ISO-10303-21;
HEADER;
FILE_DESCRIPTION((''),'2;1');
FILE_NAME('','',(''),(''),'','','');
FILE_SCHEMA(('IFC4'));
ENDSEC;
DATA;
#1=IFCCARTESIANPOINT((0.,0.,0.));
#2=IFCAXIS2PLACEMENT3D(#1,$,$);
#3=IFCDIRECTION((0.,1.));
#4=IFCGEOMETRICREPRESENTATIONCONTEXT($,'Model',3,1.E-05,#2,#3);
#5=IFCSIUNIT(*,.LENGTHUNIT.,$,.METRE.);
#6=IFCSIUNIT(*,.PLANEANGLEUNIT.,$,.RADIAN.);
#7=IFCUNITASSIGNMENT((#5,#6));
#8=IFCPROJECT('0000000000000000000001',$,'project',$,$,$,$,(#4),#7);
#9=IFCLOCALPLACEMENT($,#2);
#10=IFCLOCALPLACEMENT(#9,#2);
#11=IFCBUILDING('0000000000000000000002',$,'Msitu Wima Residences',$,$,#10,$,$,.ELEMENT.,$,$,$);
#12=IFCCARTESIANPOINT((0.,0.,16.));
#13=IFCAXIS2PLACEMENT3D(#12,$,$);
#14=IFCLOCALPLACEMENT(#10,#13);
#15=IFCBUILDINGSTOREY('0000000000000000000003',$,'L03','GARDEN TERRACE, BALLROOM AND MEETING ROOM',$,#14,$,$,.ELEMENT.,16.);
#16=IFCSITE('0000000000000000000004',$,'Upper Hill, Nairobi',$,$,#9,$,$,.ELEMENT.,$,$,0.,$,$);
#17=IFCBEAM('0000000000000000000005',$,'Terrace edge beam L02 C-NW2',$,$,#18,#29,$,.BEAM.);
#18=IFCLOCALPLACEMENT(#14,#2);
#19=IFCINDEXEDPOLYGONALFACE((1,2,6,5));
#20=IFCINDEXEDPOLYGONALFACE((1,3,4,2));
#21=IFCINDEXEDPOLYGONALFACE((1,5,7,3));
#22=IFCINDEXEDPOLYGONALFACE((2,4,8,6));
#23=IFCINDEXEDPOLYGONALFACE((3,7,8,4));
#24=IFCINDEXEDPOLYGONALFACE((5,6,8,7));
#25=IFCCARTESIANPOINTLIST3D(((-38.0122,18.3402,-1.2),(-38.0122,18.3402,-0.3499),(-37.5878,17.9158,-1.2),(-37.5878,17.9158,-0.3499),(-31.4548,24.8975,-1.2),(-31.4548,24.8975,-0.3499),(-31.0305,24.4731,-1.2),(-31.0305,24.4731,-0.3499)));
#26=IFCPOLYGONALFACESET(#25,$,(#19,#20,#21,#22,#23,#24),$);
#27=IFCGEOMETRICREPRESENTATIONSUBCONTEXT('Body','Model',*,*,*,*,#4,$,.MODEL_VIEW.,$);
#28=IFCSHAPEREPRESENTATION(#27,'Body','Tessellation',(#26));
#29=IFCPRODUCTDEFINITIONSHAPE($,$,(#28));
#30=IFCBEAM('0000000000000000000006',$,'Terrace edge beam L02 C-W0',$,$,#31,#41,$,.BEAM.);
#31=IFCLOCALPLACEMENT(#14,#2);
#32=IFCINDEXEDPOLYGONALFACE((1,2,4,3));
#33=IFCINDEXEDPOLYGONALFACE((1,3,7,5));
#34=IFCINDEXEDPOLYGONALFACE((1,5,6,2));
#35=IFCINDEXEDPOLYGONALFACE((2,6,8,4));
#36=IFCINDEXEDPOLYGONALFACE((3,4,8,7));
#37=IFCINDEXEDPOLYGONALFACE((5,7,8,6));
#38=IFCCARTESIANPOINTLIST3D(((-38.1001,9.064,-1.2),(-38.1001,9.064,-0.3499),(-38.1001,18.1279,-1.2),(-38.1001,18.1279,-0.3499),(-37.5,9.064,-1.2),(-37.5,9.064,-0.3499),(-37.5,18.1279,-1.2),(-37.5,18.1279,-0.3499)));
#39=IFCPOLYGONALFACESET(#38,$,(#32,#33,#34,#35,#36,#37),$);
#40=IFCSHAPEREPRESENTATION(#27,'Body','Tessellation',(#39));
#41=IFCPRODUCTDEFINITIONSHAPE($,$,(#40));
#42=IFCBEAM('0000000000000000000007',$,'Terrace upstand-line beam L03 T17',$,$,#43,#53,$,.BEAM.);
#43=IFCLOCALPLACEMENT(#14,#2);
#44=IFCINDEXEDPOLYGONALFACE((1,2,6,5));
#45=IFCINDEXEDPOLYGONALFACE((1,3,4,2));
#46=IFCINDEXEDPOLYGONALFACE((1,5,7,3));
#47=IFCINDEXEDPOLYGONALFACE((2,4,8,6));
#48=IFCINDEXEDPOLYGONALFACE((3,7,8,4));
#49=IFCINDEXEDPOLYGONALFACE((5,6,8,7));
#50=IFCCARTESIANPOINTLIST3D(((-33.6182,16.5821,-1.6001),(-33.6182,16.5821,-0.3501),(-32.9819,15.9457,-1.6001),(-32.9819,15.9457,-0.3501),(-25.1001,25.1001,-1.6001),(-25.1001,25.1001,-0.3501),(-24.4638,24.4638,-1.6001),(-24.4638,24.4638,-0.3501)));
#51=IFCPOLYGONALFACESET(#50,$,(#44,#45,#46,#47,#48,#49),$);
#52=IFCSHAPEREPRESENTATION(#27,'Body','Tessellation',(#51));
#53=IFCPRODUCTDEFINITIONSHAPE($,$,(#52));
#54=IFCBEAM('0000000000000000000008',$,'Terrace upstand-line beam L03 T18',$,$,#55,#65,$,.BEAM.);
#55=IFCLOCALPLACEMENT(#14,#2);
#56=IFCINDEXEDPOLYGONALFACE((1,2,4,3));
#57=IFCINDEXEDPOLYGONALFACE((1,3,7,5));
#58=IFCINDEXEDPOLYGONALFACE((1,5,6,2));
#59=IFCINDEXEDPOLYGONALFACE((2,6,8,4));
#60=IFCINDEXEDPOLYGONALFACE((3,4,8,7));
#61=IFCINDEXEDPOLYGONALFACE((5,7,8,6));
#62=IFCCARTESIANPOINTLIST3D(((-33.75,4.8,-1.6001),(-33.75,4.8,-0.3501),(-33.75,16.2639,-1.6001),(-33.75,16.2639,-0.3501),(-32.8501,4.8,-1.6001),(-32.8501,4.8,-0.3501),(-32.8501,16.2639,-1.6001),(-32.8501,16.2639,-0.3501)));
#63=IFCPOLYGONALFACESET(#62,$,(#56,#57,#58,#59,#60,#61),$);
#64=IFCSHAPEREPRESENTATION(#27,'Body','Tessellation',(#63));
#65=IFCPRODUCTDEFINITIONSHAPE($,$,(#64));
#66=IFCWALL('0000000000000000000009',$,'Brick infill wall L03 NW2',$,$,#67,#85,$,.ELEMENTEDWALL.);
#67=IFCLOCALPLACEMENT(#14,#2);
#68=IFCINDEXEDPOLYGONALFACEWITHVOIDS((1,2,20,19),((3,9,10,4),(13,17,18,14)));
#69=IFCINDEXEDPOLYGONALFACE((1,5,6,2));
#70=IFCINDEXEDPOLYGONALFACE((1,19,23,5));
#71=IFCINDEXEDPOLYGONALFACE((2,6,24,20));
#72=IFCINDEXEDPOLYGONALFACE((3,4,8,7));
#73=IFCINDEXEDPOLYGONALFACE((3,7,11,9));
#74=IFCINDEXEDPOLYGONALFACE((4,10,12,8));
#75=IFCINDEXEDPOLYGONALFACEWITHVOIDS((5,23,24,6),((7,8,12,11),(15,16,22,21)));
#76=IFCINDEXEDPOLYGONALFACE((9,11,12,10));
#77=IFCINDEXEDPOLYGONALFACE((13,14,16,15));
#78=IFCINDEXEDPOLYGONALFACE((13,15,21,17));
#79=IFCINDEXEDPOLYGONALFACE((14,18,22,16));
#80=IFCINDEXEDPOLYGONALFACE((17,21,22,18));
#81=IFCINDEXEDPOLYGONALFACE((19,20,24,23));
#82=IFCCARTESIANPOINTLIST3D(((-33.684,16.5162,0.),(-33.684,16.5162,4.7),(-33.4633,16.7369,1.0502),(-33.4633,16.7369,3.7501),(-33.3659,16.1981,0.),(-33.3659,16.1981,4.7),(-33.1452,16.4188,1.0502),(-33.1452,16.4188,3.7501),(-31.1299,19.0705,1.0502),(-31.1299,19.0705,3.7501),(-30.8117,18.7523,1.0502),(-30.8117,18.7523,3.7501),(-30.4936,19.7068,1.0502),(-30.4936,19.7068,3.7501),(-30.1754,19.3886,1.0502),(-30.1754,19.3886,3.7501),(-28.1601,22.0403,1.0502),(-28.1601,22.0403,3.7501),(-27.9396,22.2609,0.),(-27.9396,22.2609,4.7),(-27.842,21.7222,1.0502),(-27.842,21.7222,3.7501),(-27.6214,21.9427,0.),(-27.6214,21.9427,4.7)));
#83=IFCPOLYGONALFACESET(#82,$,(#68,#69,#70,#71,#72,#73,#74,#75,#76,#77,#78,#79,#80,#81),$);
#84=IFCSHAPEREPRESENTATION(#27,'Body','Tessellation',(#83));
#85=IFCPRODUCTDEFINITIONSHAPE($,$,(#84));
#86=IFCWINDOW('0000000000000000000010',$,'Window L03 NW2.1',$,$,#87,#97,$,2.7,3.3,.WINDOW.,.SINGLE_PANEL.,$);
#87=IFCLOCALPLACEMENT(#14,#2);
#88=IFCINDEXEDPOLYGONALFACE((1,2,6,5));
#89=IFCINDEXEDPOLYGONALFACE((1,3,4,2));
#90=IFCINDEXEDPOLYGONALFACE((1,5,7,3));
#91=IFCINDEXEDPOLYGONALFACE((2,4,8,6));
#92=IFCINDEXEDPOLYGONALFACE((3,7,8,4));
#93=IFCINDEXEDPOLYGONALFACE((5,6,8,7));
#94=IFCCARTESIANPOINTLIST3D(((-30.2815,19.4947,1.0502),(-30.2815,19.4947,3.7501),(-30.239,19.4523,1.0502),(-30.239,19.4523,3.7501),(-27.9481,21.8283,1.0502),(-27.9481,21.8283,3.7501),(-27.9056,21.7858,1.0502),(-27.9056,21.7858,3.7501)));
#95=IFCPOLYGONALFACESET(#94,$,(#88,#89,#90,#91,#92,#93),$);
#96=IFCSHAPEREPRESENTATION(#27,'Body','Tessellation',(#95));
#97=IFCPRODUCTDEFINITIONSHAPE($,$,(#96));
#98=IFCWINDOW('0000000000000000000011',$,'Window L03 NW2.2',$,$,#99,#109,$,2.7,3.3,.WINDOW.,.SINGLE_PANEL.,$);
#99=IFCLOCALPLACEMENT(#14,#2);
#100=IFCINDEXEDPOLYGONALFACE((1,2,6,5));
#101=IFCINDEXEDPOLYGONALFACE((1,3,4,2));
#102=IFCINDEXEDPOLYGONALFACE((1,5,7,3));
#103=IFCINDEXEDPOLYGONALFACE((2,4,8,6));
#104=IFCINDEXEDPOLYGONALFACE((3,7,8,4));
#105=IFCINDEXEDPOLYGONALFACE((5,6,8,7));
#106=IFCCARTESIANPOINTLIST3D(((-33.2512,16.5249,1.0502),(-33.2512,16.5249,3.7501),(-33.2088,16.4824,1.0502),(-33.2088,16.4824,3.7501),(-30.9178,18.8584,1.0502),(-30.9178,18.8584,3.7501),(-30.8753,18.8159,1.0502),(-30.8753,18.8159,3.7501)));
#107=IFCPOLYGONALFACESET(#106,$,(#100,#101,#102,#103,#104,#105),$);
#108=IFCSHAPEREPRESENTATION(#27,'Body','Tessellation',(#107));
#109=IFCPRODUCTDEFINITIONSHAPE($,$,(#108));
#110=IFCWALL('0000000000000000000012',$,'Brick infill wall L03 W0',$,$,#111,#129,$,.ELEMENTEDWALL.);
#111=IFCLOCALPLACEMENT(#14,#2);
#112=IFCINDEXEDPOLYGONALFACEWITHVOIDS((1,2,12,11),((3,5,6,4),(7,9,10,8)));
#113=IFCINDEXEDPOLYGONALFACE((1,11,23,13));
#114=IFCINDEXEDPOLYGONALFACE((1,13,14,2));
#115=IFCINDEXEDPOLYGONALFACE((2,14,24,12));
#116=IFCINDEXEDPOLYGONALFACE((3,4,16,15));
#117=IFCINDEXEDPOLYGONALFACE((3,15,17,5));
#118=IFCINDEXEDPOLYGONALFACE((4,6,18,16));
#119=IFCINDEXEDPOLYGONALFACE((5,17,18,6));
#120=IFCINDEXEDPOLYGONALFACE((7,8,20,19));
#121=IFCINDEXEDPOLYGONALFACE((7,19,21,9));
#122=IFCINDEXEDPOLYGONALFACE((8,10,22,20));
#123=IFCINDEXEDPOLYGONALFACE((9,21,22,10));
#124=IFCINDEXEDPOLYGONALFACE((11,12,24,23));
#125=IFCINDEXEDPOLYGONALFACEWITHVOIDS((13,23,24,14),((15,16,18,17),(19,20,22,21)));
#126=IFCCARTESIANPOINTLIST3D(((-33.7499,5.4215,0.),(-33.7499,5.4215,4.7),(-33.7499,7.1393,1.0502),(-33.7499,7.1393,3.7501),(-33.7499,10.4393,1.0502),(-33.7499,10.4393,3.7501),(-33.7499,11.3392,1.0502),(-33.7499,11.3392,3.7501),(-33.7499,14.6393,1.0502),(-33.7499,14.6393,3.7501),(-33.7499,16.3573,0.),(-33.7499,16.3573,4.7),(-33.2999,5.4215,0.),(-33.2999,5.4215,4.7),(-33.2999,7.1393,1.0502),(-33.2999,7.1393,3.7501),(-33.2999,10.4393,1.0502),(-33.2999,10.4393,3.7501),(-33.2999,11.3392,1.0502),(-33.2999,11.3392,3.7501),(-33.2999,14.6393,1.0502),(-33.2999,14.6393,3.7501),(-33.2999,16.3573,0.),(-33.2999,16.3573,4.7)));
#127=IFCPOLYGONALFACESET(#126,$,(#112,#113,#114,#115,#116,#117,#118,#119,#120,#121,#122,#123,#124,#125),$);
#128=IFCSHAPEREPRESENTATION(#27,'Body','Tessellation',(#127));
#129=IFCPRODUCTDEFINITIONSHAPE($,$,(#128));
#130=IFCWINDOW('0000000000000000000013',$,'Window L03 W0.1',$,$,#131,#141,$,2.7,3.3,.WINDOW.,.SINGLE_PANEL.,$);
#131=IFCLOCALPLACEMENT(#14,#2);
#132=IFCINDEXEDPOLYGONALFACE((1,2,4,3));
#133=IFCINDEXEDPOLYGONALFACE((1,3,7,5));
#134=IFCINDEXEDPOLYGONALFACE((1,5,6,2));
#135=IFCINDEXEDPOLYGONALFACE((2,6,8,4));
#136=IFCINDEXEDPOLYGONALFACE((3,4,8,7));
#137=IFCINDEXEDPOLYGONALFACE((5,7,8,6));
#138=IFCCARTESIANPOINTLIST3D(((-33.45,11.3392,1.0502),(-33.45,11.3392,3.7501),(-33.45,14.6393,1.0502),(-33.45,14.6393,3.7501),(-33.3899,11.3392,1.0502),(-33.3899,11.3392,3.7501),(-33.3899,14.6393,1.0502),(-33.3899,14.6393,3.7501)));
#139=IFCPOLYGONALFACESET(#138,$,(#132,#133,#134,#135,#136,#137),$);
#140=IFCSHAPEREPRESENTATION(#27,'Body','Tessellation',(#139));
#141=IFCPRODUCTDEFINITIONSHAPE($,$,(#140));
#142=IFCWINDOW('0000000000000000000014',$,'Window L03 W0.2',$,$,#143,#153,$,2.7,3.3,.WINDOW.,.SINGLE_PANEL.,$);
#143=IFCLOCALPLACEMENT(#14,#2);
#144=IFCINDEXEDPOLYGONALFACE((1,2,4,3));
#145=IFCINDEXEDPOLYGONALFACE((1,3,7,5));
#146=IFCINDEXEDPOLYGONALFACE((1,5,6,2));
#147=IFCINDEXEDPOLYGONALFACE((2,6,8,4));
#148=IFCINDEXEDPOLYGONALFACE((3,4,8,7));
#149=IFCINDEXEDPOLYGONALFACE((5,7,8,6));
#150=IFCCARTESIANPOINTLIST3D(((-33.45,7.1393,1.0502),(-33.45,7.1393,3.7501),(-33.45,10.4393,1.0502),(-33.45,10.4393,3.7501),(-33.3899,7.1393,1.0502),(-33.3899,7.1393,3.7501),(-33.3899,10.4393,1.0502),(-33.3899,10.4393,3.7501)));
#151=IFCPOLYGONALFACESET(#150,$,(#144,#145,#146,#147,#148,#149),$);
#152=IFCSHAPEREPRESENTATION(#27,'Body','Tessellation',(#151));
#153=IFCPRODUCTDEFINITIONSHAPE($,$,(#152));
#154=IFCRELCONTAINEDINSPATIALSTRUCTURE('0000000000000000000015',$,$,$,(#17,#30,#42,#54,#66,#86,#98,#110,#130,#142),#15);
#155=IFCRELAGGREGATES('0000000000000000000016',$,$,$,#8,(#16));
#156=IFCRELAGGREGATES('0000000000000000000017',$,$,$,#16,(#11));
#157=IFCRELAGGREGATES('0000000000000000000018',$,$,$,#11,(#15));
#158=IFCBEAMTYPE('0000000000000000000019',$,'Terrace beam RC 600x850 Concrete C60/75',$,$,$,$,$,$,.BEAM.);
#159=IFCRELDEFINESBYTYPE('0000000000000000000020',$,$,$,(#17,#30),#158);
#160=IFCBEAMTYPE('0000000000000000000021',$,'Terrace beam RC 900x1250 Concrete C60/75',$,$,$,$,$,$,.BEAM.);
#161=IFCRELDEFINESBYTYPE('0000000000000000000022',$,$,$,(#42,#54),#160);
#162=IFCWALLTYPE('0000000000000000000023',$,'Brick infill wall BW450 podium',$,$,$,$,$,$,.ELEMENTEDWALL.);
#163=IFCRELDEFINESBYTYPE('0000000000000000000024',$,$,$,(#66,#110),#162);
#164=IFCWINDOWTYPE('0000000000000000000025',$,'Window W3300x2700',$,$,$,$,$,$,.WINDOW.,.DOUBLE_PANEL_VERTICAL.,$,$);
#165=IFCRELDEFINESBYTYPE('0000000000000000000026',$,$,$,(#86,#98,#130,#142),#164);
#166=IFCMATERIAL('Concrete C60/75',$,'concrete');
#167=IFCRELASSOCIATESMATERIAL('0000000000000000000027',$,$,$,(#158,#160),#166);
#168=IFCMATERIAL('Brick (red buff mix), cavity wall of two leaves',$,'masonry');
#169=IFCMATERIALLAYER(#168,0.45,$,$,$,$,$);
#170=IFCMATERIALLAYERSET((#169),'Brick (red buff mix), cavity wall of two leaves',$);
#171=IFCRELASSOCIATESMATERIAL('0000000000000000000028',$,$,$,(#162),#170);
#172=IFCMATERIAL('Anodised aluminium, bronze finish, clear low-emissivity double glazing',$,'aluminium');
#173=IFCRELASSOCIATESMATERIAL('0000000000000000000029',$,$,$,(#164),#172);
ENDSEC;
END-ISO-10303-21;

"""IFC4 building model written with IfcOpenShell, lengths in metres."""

from ifc_helpers import new_model, si_unit, direction, frame, frame_2d, origin, origin_2d, place, context, subcontext, project, spatial, rectangle, extrude, material, layer, layer_set, material_profile, profile_set, type_object, element, fill, save


model = new_model("IFC4")

# Units and contexts
model_context = context("Model", 3, precision=1e-05, world=origin(), true_north=direction((0.0, 1.0)))
body_context = subcontext(model_context, "Body", "Model", "MODEL_VIEW")
ifc_project = project(units=[si_unit("LENGTHUNIT", "METRE"), si_unit("PLANEANGLEUNIT", "RADIAN")], contexts=[model_context])

# Site, building, storey
site_placement = place(None, origin())
site = spatial("IfcSite", under=ifc_project, at=site_placement, Name="Upper Hill, Nairobi", CompositionType="ELEMENT", RefElevation=0.0)
building_placement = place(site_placement, origin())
building = spatial("IfcBuilding", under=site, at=building_placement, Name="Msitu Wima Residences", CompositionType="ELEMENT")
storey_placement = place(building_placement, frame((0.0, 0.0, 16.0)))
storey = spatial("IfcBuildingStorey", under=building, at=storey_placement, Name="L03", Description="GARDEN TERRACE, BALLROOM AND MEETING ROOM", CompositionType="ELEMENT", Elevation=16.0)

# Beams
ifc_material_1 = material(Name="Concrete C60/75", Category="concrete")
ifc_material_profile_1 = material_profile(ifc_material_1, rectangle(XDim=0.6001, YDim=0.8501, at=origin_2d()), Name="RC 600x850")
ifc_profile_set_1 = profile_set([ifc_material_profile_1], Name="Concrete C60/75")
beam_type_1 = type_object("IfcBeamType", Name="Terrace beam RC 600x850 Concrete C60/75", PredefinedType="BEAM", material=ifc_profile_set_1)
beam_1_placement = place(storey_placement, frame((-31.2427, 24.6853, -0.7749), z_axis=(-0.707107, -0.707107, 0.0), x_axis=(0.707107, -0.707107, 0.0)))
element("IfcBeam", 1, at=beam_1_placement, inside=storey, type_object=beam_type_1, Name="Terrace edge beam L02 C-NW2", PredefinedType="BEAM", context=body_context, shape_type="SweptSolid", body=[
    extrude(rectangle(XDim=0.6001, YDim=0.8501, at=origin_2d()), origin(), (0.0, 0.0, 1.0), 9.2734),
])
beam_2_placement = place(storey_placement, frame((-37.8, 18.1279, -0.7749), z_axis=(0.0, -1.0, 0.0), x_axis=(1.0, 0.0, 0.0)))
element("IfcBeam", 2, at=beam_2_placement, inside=storey, type_object=beam_type_1, Name="Terrace edge beam L02 C-W0", PredefinedType="BEAM", context=body_context, shape_type="SweptSolid", body=[
    extrude(rectangle(XDim=0.6001, YDim=0.8501, at=origin_2d()), origin(), (0.0, 0.0, 1.0), 9.064),
])
ifc_material_profile_2 = material_profile(ifc_material_1, rectangle(XDim=0.8999, YDim=1.25, at=origin_2d()), Name="RC 900x1250")
ifc_profile_set_2 = profile_set([ifc_material_profile_2], Name="Concrete C60/75")
beam_type_2 = type_object("IfcBeamType", Name="Terrace beam RC 900x1250 Concrete C60/75", PredefinedType="BEAM", material=ifc_profile_set_2)
beam_3_placement = place(storey_placement, frame((-24.782, 24.782, -0.9751), z_axis=(-0.707107, -0.707107, 0.0), x_axis=(0.707107, -0.707107, 0.0)))
element("IfcBeam", 3, at=beam_3_placement, inside=storey, type_object=beam_type_2, Name="Terrace upstand-line beam L03 T17", PredefinedType="BEAM", context=body_context, shape_type="SweptSolid", body=[
    extrude(rectangle(XDim=0.8999, YDim=1.25, at=origin_2d()), origin(), (0.0, 0.0, 1.0), 12.0464),
])
beam_4_placement = place(storey_placement, frame((-33.3, 16.2639, -0.9751), z_axis=(0.0, -1.0, 0.0), x_axis=(1.0, 0.0, 0.0)))
element("IfcBeam", 4, at=beam_4_placement, inside=storey, type_object=beam_type_2, Name="Terrace upstand-line beam L03 T18", PredefinedType="BEAM", context=body_context, shape_type="SweptSolid", body=[
    extrude(rectangle(XDim=0.8999, YDim=1.25, at=origin_2d()), origin(), (0.0, 0.0, 1.0), 11.4639),
])

# Walls, openings, windows
ifc_material_2 = material(Name="Brick (red buff mix), cavity wall of two leaves", Category="masonry")
ifc_layer_1 = layer(ifc_material_2, 0.45)
ifc_layer_set_1 = layer_set([ifc_layer_1], Name="Brick (red buff mix), cavity wall of two leaves")
wall_type_1 = type_object("IfcWallType", Name="Brick infill wall BW450 podium", PredefinedType="ELEMENTEDWALL", material=ifc_layer_set_1)
wall_1_placement = place(storey_placement, frame((-27.7805, 22.1018, 0.0), z_axis=(0.0, 0.0, 1.0), x_axis=(-0.707092, -0.707122, 0.0)))
wall_1 = element("IfcWall", 5, at=wall_1_placement, inside=storey, type_object=wall_type_1, Name="Brick infill wall L03 NW2", PredefinedType="ELEMENTEDWALL", context=body_context, shape_type="SweptSolid", body=[
    extrude(rectangle(XDim=8.124, YDim=0.45, at=frame_2d((4.062, 0.0))), origin(), (0.0, 0.0, 1.0), 4.7),
])
opening_1_placement = place(wall_1_placement, frame((0.312, 0.0, 1.05)))
opening_1 = element("IfcOpeningElement", 6, at=opening_1_placement, cuts=wall_1, PredefinedType="OPENING", context=body_context, shape_type="SweptSolid", body=[
    extrude(rectangle(XDim=3.3, YDim=2.7, at=frame_2d((1.6499, 1.3501))), frame((0.0, 0.2349, 0.0), z_axis=(0.0, -1.0, 0.0), x_axis=(1.0, 0.0, 0.0)), (0.0, 0.0, 1.0), 0.47),
])
opening_2_placement = place(wall_1_placement, frame((4.512, 0.0, 1.05)))
opening_2 = element("IfcOpeningElement", 7, at=opening_2_placement, cuts=wall_1, PredefinedType="OPENING", context=body_context, shape_type="SweptSolid", body=[
    extrude(rectangle(XDim=3.3, YDim=2.7, at=frame_2d((1.6499, 1.3501))), frame((0.0, 0.2349, 0.0), z_axis=(0.0, -1.0, 0.0), x_axis=(1.0, 0.0, 0.0)), (0.0, 0.0, 1.0), 0.47),
])
ifc_material_3 = material(Name="Anodised aluminium, bronze finish, clear low-emissivity double glazing", Category="aluminium")
window_type = type_object("IfcWindowType", Name="Window W3300x2700", PartitioningType="DOUBLE_PANEL_VERTICAL", PredefinedType="WINDOW", material=ifc_material_3)
window_1_placement = place(opening_1_placement, origin())
window_1 = element("IfcWindow", 8, at=window_1_placement, inside=storey, type_object=window_type, Name="Window L03 NW2.1", OverallHeight=2.7, OverallWidth=3.3, PartitioningType="SINGLE_PANEL", PredefinedType="WINDOW", context=body_context, shape_type="SweptSolid", body=[
    extrude(rectangle(XDim=3.3, YDim=2.7, at=frame_2d((1.6499, 1.3501))), frame((0.0, 0.135, 0.0), z_axis=(0.0, -1.0, 0.0), x_axis=(1.0, 0.0, 0.0)), (0.0, 0.0, 1.0), 0.0601),
])
fill(opening_1, window_1)
window_2_placement = place(opening_2_placement, origin())
window_2 = element("IfcWindow", 9, at=window_2_placement, inside=storey, type_object=window_type, Name="Window L03 NW2.2", OverallHeight=2.7, OverallWidth=3.3, PartitioningType="SINGLE_PANEL", PredefinedType="WINDOW", context=body_context, shape_type="SweptSolid", body=[
    extrude(rectangle(XDim=3.3, YDim=2.7, at=frame_2d((1.6499, 1.3501))), frame((0.0, 0.135, 0.0), z_axis=(0.0, -1.0, 0.0), x_axis=(1.0, 0.0, 0.0)), (0.0, 0.0, 1.0), 0.0601),
])
fill(opening_2, window_2)
wall_2_placement = place(storey_placement, frame((-33.5249, 16.3572, 0.0), z_axis=(0.0, 0.0, 1.0), x_axis=(0.0, -1.0, 0.0)))
wall_2 = element("IfcWall", 10, at=wall_2_placement, inside=storey, type_object=wall_type_1, Name="Brick infill wall L03 W0", PredefinedType="ELEMENTEDWALL", context=body_context, shape_type="SweptSolid", body=[
    extrude(rectangle(XDim=10.9358, YDim=0.45, at=frame_2d((5.4678, 0.0))), origin(), (0.0, 0.0, 1.0), 4.7),
])
opening_3_placement = place(wall_2_placement, frame((1.718, 0.0, 1.05)))
opening_3 = element("IfcOpeningElement", 11, at=opening_3_placement, cuts=wall_2, PredefinedType="OPENING", context=body_context, shape_type="SweptSolid", body=[
    extrude(rectangle(XDim=3.3, YDim=2.7, at=frame_2d((1.6499, 1.3501))), frame((0.0, 0.2349, 0.0), z_axis=(0.0, -1.0, 0.0), x_axis=(1.0, 0.0, 0.0)), (0.0, 0.0, 1.0), 0.47),
])
opening_4_placement = place(wall_2_placement, frame((5.918, 0.0, 1.05)))
opening_4 = element("IfcOpeningElement", 12, at=opening_4_placement, cuts=wall_2, PredefinedType="OPENING", context=body_context, shape_type="SweptSolid", body=[
    extrude(rectangle(XDim=3.3, YDim=2.7, at=frame_2d((1.6499, 1.3501))), frame((0.0, 0.2349, 0.0), z_axis=(0.0, -1.0, 0.0), x_axis=(1.0, 0.0, 0.0)), (0.0, 0.0, 1.0), 0.47),
])
window_3_placement = place(opening_3_placement, origin())
window_3 = element("IfcWindow", 13, at=window_3_placement, inside=storey, type_object=window_type, Name="Window L03 W0.1", OverallHeight=2.7, OverallWidth=3.3, PartitioningType="SINGLE_PANEL", PredefinedType="WINDOW", context=body_context, shape_type="SweptSolid", body=[
    extrude(rectangle(XDim=3.3, YDim=2.7, at=frame_2d((1.6499, 1.3501))), frame((0.0, 0.135, 0.0), z_axis=(0.0, -1.0, 0.0), x_axis=(1.0, 0.0, 0.0)), (0.0, 0.0, 1.0), 0.0601),
])
fill(opening_3, window_3)
window_4_placement = place(opening_4_placement, origin())
window_4 = element("IfcWindow", 14, at=window_4_placement, inside=storey, type_object=window_type, Name="Window L03 W0.2", OverallHeight=2.7, OverallWidth=3.3, PartitioningType="SINGLE_PANEL", PredefinedType="WINDOW", context=body_context, shape_type="SweptSolid", body=[
    extrude(rectangle(XDim=3.3, YDim=2.7, at=frame_2d((1.6499, 1.3501))), frame((0.0, 0.135, 0.0), z_axis=(0.0, -1.0, 0.0), x_axis=(1.0, 0.0, 0.0)), (0.0, 0.0, 1.0), 0.0601),
])
fill(opening_4, window_4)

save(model, "model.ifc")
